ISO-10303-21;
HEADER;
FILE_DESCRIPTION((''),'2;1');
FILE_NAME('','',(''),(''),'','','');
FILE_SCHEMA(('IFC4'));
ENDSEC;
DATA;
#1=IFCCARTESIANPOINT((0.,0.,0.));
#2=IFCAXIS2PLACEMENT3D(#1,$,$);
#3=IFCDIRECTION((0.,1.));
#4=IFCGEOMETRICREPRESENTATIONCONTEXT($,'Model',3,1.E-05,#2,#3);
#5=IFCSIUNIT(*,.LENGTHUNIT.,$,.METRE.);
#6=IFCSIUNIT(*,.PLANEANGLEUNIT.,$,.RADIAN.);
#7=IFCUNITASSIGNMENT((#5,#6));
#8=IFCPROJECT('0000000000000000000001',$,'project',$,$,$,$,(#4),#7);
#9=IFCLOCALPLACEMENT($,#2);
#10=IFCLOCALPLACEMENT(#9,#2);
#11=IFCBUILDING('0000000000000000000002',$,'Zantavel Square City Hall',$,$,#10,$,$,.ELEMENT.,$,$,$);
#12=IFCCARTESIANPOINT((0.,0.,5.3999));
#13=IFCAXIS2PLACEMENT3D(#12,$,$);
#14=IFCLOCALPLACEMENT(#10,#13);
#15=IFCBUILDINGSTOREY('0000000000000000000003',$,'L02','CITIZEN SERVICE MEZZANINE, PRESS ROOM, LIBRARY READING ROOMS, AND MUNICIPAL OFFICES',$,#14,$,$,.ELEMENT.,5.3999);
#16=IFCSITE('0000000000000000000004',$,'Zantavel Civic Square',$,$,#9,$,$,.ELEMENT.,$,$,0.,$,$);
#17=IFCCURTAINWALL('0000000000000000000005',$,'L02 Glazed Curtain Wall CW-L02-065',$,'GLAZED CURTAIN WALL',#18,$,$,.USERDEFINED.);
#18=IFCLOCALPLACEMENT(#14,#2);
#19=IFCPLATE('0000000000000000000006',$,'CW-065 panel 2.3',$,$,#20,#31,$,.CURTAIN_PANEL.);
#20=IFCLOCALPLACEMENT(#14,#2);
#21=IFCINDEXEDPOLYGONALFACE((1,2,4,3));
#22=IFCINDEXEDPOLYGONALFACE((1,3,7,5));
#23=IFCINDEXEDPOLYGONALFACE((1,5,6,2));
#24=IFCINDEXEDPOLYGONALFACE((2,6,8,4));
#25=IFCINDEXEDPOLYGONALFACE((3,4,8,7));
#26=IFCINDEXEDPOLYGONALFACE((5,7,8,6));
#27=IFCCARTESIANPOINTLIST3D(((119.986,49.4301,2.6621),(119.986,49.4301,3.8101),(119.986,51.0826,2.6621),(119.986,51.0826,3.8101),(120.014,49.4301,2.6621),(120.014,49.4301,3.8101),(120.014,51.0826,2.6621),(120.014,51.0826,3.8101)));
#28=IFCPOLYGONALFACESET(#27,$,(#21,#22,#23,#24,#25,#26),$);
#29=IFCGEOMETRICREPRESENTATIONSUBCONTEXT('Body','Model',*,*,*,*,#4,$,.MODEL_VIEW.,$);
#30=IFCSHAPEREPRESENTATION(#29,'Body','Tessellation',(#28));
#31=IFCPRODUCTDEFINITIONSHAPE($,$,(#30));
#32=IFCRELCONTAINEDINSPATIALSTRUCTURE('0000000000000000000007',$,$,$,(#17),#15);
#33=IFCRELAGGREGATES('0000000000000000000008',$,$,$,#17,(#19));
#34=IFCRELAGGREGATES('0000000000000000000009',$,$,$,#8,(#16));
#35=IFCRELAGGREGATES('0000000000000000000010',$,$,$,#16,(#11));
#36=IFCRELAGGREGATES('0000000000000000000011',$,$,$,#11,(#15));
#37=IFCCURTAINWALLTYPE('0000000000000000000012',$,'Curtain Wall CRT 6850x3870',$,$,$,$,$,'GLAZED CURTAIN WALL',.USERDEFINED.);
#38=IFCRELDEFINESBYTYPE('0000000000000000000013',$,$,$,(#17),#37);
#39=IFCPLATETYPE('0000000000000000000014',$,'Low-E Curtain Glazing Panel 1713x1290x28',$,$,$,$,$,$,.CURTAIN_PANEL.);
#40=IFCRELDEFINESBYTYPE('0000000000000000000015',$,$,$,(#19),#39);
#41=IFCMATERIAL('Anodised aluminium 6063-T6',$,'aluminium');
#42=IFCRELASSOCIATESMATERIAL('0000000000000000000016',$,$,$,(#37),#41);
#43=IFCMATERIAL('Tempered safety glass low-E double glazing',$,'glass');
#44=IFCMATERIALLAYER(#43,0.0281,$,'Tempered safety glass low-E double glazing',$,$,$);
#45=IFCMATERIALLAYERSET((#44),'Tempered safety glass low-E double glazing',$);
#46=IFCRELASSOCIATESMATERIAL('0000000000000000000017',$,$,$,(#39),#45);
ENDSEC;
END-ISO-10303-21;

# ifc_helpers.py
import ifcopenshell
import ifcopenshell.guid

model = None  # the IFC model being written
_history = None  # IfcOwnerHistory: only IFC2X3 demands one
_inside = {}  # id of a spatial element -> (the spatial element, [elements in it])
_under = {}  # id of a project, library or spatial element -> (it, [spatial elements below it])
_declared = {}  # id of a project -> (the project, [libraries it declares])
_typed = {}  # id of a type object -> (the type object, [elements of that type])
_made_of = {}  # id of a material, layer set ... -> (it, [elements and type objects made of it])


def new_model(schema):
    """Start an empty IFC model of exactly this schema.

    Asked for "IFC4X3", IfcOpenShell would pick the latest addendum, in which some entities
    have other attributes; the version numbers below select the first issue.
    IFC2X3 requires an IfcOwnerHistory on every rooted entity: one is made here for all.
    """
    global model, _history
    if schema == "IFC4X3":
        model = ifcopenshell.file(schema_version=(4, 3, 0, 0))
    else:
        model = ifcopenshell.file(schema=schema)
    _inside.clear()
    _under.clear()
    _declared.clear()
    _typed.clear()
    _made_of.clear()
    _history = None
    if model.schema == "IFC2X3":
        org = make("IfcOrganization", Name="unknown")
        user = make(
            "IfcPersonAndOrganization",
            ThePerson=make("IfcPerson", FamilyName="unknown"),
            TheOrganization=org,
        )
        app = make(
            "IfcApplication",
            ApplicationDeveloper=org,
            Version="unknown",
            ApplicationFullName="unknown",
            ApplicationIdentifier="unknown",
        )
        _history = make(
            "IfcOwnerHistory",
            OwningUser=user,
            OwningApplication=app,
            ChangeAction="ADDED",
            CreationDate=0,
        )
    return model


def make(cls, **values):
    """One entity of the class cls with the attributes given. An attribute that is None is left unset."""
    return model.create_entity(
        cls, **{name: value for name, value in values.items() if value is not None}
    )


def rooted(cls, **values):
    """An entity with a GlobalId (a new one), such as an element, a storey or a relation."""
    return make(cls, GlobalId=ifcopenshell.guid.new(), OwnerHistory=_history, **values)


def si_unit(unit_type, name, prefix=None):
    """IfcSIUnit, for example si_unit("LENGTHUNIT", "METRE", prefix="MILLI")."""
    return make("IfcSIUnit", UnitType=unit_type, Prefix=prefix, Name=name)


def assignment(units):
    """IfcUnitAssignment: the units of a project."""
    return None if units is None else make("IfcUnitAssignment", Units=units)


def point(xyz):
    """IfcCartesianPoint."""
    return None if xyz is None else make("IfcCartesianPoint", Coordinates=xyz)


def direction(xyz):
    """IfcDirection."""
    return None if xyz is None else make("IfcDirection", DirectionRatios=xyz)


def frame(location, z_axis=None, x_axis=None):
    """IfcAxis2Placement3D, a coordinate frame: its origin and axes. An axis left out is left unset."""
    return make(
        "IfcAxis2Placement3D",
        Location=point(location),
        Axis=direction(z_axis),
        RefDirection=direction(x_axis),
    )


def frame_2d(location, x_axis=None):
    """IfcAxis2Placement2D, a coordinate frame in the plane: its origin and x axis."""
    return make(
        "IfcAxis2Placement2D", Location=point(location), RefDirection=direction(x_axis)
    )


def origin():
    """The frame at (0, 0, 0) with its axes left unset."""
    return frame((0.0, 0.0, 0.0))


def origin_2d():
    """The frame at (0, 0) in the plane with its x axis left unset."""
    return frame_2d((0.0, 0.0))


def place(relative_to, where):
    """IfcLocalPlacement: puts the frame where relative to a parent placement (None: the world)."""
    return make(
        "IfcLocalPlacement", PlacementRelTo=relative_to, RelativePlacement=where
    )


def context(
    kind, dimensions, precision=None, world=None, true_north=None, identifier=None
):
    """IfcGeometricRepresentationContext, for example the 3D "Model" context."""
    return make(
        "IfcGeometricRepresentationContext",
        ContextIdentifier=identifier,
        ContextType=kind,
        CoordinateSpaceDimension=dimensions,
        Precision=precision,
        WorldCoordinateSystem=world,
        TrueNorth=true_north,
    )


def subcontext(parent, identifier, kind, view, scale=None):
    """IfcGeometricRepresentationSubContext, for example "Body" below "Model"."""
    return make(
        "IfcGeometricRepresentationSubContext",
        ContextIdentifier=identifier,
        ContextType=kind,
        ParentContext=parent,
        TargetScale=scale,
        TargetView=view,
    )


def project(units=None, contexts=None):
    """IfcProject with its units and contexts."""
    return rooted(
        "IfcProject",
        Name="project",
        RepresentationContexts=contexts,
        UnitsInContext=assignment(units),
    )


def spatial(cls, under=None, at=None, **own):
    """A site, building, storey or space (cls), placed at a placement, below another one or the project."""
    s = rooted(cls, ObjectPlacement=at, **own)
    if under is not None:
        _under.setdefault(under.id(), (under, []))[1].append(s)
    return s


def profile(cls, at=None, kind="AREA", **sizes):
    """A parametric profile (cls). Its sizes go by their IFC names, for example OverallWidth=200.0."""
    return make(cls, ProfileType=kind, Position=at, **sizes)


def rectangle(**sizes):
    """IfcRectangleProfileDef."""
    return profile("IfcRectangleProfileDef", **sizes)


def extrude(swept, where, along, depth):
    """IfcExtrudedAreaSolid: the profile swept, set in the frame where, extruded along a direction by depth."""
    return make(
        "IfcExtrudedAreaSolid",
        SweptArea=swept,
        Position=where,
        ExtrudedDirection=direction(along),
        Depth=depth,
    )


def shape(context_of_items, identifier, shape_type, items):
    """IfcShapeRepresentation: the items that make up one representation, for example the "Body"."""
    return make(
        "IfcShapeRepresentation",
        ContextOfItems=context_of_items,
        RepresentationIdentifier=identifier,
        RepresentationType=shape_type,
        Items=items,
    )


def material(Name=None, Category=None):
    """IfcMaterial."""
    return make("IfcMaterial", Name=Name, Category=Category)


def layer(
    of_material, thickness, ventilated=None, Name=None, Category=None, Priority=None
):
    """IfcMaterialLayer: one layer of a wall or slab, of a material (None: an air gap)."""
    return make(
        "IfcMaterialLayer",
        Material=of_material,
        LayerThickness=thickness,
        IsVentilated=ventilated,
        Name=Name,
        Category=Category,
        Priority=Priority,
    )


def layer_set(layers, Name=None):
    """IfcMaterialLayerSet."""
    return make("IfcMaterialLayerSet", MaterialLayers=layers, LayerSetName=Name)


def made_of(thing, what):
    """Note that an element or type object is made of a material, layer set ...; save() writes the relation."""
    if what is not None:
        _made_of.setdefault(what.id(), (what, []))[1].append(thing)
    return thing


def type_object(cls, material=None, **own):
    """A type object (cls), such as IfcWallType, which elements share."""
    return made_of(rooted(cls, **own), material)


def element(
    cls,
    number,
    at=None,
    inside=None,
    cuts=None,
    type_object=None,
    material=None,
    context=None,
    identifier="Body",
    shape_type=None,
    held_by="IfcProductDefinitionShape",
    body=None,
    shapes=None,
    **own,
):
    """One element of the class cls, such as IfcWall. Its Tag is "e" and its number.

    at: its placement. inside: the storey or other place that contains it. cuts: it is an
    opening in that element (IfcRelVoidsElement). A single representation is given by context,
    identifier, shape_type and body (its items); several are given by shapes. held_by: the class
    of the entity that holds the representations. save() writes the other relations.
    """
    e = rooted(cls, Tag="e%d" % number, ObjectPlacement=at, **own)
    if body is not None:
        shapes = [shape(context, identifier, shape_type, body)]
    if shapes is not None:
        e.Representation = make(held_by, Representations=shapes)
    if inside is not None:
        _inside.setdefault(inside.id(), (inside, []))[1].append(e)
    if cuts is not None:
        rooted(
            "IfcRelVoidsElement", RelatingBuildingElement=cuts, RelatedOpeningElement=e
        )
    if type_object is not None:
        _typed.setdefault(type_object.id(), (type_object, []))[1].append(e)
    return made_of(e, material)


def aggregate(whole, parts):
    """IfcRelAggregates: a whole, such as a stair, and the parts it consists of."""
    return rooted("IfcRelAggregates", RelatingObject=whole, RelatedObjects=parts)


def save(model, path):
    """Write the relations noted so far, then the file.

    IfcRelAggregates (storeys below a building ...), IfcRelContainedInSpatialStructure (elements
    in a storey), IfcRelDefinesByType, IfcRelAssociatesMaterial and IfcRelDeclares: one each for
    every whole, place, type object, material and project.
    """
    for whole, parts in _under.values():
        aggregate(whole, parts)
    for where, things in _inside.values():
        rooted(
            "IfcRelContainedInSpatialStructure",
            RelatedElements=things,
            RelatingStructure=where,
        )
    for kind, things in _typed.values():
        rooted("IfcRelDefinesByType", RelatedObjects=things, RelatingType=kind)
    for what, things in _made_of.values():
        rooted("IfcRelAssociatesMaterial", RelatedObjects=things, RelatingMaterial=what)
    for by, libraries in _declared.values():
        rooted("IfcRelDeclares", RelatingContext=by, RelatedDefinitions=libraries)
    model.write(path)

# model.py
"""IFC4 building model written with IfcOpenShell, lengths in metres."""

from ifc_helpers import new_model, si_unit, direction, frame, origin, origin_2d, place, context, subcontext, project, spatial, rectangle, extrude, material, layer, layer_set, type_object, element, aggregate, save


model = new_model("IFC4")

# Units and contexts
model_context = context("Model", 3, precision=1e-05, world=origin(), true_north=direction((0.0, 1.0)))
body_context = subcontext(model_context, "Body", "Model", "MODEL_VIEW")
ifc_project = project(units=[si_unit("LENGTHUNIT", "METRE"), si_unit("PLANEANGLEUNIT", "RADIAN")], contexts=[model_context])

# Site, building, storey
site_placement = place(None, origin())
site = spatial("IfcSite", under=ifc_project, at=site_placement, Name="Zantavel Civic Square", CompositionType="ELEMENT", RefElevation=0.0)
building_placement = place(site_placement, origin())
building = spatial("IfcBuilding", under=site, at=building_placement, Name="Zantavel Square City Hall", CompositionType="ELEMENT")
storey_placement = place(building_placement, frame((0.0, 0.0, 5.3999)))
storey = spatial("IfcBuildingStorey", under=building, at=storey_placement, Name="L02", Description="CITIZEN SERVICE MEZZANINE, PRESS ROOM, LIBRARY READING ROOMS, AND MUNICIPAL OFFICES", CompositionType="ELEMENT", Elevation=5.3999)

# Shared definitions
ifc_material_1 = material(Name="Anodised aluminium 6063-T6", Category="aluminium")
curtain_wall_type = type_object("IfcCurtainWallType", Name="Curtain Wall CRT 6850x3870", ElementType="GLAZED CURTAIN WALL", PredefinedType="USERDEFINED", material=ifc_material_1)

# Curtain wall, plate
curtain_wall_1_placement = place(storey_placement, origin())
curtain_wall_1 = element("IfcCurtainWall", 1, at=curtain_wall_1_placement, inside=storey, type_object=curtain_wall_type, Name="L02 Glazed Curtain Wall CW-L02-065", ObjectType="GLAZED CURTAIN WALL", PredefinedType="USERDEFINED")
ifc_material_2 = material(Name="Tempered safety glass low-E double glazing", Category="glass")
ifc_layer = layer(ifc_material_2, 0.0281, Name="Tempered safety glass low-E double glazing")
ifc_layer_set = layer_set([ifc_layer], Name="Tempered safety glass low-E double glazing")
plate_type = type_object("IfcPlateType", Name="Low-E Curtain Glazing Panel 1713x1290x28", PredefinedType="CURTAIN_PANEL", material=ifc_layer_set)
plate_1_placement = place(storey_placement, frame((120.0, 50.2563, 2.6621), z_axis=(0.0, 0.0, 1.0), x_axis=(0.0, -1.0, 0.0)))
plate_1 = element("IfcPlate", 2, at=plate_1_placement, type_object=plate_type, Name="CW-065 panel 2.3", PredefinedType="CURTAIN_PANEL", context=body_context, shape_type="SweptSolid", body=[
    extrude(rectangle(XDim=1.6526, YDim=0.0281, at=origin_2d()), origin(), (0.0, 0.0, 1.0), 1.1479),
])
aggregate(curtain_wall_1, [plate_1])

save(model, "model.ifc")
